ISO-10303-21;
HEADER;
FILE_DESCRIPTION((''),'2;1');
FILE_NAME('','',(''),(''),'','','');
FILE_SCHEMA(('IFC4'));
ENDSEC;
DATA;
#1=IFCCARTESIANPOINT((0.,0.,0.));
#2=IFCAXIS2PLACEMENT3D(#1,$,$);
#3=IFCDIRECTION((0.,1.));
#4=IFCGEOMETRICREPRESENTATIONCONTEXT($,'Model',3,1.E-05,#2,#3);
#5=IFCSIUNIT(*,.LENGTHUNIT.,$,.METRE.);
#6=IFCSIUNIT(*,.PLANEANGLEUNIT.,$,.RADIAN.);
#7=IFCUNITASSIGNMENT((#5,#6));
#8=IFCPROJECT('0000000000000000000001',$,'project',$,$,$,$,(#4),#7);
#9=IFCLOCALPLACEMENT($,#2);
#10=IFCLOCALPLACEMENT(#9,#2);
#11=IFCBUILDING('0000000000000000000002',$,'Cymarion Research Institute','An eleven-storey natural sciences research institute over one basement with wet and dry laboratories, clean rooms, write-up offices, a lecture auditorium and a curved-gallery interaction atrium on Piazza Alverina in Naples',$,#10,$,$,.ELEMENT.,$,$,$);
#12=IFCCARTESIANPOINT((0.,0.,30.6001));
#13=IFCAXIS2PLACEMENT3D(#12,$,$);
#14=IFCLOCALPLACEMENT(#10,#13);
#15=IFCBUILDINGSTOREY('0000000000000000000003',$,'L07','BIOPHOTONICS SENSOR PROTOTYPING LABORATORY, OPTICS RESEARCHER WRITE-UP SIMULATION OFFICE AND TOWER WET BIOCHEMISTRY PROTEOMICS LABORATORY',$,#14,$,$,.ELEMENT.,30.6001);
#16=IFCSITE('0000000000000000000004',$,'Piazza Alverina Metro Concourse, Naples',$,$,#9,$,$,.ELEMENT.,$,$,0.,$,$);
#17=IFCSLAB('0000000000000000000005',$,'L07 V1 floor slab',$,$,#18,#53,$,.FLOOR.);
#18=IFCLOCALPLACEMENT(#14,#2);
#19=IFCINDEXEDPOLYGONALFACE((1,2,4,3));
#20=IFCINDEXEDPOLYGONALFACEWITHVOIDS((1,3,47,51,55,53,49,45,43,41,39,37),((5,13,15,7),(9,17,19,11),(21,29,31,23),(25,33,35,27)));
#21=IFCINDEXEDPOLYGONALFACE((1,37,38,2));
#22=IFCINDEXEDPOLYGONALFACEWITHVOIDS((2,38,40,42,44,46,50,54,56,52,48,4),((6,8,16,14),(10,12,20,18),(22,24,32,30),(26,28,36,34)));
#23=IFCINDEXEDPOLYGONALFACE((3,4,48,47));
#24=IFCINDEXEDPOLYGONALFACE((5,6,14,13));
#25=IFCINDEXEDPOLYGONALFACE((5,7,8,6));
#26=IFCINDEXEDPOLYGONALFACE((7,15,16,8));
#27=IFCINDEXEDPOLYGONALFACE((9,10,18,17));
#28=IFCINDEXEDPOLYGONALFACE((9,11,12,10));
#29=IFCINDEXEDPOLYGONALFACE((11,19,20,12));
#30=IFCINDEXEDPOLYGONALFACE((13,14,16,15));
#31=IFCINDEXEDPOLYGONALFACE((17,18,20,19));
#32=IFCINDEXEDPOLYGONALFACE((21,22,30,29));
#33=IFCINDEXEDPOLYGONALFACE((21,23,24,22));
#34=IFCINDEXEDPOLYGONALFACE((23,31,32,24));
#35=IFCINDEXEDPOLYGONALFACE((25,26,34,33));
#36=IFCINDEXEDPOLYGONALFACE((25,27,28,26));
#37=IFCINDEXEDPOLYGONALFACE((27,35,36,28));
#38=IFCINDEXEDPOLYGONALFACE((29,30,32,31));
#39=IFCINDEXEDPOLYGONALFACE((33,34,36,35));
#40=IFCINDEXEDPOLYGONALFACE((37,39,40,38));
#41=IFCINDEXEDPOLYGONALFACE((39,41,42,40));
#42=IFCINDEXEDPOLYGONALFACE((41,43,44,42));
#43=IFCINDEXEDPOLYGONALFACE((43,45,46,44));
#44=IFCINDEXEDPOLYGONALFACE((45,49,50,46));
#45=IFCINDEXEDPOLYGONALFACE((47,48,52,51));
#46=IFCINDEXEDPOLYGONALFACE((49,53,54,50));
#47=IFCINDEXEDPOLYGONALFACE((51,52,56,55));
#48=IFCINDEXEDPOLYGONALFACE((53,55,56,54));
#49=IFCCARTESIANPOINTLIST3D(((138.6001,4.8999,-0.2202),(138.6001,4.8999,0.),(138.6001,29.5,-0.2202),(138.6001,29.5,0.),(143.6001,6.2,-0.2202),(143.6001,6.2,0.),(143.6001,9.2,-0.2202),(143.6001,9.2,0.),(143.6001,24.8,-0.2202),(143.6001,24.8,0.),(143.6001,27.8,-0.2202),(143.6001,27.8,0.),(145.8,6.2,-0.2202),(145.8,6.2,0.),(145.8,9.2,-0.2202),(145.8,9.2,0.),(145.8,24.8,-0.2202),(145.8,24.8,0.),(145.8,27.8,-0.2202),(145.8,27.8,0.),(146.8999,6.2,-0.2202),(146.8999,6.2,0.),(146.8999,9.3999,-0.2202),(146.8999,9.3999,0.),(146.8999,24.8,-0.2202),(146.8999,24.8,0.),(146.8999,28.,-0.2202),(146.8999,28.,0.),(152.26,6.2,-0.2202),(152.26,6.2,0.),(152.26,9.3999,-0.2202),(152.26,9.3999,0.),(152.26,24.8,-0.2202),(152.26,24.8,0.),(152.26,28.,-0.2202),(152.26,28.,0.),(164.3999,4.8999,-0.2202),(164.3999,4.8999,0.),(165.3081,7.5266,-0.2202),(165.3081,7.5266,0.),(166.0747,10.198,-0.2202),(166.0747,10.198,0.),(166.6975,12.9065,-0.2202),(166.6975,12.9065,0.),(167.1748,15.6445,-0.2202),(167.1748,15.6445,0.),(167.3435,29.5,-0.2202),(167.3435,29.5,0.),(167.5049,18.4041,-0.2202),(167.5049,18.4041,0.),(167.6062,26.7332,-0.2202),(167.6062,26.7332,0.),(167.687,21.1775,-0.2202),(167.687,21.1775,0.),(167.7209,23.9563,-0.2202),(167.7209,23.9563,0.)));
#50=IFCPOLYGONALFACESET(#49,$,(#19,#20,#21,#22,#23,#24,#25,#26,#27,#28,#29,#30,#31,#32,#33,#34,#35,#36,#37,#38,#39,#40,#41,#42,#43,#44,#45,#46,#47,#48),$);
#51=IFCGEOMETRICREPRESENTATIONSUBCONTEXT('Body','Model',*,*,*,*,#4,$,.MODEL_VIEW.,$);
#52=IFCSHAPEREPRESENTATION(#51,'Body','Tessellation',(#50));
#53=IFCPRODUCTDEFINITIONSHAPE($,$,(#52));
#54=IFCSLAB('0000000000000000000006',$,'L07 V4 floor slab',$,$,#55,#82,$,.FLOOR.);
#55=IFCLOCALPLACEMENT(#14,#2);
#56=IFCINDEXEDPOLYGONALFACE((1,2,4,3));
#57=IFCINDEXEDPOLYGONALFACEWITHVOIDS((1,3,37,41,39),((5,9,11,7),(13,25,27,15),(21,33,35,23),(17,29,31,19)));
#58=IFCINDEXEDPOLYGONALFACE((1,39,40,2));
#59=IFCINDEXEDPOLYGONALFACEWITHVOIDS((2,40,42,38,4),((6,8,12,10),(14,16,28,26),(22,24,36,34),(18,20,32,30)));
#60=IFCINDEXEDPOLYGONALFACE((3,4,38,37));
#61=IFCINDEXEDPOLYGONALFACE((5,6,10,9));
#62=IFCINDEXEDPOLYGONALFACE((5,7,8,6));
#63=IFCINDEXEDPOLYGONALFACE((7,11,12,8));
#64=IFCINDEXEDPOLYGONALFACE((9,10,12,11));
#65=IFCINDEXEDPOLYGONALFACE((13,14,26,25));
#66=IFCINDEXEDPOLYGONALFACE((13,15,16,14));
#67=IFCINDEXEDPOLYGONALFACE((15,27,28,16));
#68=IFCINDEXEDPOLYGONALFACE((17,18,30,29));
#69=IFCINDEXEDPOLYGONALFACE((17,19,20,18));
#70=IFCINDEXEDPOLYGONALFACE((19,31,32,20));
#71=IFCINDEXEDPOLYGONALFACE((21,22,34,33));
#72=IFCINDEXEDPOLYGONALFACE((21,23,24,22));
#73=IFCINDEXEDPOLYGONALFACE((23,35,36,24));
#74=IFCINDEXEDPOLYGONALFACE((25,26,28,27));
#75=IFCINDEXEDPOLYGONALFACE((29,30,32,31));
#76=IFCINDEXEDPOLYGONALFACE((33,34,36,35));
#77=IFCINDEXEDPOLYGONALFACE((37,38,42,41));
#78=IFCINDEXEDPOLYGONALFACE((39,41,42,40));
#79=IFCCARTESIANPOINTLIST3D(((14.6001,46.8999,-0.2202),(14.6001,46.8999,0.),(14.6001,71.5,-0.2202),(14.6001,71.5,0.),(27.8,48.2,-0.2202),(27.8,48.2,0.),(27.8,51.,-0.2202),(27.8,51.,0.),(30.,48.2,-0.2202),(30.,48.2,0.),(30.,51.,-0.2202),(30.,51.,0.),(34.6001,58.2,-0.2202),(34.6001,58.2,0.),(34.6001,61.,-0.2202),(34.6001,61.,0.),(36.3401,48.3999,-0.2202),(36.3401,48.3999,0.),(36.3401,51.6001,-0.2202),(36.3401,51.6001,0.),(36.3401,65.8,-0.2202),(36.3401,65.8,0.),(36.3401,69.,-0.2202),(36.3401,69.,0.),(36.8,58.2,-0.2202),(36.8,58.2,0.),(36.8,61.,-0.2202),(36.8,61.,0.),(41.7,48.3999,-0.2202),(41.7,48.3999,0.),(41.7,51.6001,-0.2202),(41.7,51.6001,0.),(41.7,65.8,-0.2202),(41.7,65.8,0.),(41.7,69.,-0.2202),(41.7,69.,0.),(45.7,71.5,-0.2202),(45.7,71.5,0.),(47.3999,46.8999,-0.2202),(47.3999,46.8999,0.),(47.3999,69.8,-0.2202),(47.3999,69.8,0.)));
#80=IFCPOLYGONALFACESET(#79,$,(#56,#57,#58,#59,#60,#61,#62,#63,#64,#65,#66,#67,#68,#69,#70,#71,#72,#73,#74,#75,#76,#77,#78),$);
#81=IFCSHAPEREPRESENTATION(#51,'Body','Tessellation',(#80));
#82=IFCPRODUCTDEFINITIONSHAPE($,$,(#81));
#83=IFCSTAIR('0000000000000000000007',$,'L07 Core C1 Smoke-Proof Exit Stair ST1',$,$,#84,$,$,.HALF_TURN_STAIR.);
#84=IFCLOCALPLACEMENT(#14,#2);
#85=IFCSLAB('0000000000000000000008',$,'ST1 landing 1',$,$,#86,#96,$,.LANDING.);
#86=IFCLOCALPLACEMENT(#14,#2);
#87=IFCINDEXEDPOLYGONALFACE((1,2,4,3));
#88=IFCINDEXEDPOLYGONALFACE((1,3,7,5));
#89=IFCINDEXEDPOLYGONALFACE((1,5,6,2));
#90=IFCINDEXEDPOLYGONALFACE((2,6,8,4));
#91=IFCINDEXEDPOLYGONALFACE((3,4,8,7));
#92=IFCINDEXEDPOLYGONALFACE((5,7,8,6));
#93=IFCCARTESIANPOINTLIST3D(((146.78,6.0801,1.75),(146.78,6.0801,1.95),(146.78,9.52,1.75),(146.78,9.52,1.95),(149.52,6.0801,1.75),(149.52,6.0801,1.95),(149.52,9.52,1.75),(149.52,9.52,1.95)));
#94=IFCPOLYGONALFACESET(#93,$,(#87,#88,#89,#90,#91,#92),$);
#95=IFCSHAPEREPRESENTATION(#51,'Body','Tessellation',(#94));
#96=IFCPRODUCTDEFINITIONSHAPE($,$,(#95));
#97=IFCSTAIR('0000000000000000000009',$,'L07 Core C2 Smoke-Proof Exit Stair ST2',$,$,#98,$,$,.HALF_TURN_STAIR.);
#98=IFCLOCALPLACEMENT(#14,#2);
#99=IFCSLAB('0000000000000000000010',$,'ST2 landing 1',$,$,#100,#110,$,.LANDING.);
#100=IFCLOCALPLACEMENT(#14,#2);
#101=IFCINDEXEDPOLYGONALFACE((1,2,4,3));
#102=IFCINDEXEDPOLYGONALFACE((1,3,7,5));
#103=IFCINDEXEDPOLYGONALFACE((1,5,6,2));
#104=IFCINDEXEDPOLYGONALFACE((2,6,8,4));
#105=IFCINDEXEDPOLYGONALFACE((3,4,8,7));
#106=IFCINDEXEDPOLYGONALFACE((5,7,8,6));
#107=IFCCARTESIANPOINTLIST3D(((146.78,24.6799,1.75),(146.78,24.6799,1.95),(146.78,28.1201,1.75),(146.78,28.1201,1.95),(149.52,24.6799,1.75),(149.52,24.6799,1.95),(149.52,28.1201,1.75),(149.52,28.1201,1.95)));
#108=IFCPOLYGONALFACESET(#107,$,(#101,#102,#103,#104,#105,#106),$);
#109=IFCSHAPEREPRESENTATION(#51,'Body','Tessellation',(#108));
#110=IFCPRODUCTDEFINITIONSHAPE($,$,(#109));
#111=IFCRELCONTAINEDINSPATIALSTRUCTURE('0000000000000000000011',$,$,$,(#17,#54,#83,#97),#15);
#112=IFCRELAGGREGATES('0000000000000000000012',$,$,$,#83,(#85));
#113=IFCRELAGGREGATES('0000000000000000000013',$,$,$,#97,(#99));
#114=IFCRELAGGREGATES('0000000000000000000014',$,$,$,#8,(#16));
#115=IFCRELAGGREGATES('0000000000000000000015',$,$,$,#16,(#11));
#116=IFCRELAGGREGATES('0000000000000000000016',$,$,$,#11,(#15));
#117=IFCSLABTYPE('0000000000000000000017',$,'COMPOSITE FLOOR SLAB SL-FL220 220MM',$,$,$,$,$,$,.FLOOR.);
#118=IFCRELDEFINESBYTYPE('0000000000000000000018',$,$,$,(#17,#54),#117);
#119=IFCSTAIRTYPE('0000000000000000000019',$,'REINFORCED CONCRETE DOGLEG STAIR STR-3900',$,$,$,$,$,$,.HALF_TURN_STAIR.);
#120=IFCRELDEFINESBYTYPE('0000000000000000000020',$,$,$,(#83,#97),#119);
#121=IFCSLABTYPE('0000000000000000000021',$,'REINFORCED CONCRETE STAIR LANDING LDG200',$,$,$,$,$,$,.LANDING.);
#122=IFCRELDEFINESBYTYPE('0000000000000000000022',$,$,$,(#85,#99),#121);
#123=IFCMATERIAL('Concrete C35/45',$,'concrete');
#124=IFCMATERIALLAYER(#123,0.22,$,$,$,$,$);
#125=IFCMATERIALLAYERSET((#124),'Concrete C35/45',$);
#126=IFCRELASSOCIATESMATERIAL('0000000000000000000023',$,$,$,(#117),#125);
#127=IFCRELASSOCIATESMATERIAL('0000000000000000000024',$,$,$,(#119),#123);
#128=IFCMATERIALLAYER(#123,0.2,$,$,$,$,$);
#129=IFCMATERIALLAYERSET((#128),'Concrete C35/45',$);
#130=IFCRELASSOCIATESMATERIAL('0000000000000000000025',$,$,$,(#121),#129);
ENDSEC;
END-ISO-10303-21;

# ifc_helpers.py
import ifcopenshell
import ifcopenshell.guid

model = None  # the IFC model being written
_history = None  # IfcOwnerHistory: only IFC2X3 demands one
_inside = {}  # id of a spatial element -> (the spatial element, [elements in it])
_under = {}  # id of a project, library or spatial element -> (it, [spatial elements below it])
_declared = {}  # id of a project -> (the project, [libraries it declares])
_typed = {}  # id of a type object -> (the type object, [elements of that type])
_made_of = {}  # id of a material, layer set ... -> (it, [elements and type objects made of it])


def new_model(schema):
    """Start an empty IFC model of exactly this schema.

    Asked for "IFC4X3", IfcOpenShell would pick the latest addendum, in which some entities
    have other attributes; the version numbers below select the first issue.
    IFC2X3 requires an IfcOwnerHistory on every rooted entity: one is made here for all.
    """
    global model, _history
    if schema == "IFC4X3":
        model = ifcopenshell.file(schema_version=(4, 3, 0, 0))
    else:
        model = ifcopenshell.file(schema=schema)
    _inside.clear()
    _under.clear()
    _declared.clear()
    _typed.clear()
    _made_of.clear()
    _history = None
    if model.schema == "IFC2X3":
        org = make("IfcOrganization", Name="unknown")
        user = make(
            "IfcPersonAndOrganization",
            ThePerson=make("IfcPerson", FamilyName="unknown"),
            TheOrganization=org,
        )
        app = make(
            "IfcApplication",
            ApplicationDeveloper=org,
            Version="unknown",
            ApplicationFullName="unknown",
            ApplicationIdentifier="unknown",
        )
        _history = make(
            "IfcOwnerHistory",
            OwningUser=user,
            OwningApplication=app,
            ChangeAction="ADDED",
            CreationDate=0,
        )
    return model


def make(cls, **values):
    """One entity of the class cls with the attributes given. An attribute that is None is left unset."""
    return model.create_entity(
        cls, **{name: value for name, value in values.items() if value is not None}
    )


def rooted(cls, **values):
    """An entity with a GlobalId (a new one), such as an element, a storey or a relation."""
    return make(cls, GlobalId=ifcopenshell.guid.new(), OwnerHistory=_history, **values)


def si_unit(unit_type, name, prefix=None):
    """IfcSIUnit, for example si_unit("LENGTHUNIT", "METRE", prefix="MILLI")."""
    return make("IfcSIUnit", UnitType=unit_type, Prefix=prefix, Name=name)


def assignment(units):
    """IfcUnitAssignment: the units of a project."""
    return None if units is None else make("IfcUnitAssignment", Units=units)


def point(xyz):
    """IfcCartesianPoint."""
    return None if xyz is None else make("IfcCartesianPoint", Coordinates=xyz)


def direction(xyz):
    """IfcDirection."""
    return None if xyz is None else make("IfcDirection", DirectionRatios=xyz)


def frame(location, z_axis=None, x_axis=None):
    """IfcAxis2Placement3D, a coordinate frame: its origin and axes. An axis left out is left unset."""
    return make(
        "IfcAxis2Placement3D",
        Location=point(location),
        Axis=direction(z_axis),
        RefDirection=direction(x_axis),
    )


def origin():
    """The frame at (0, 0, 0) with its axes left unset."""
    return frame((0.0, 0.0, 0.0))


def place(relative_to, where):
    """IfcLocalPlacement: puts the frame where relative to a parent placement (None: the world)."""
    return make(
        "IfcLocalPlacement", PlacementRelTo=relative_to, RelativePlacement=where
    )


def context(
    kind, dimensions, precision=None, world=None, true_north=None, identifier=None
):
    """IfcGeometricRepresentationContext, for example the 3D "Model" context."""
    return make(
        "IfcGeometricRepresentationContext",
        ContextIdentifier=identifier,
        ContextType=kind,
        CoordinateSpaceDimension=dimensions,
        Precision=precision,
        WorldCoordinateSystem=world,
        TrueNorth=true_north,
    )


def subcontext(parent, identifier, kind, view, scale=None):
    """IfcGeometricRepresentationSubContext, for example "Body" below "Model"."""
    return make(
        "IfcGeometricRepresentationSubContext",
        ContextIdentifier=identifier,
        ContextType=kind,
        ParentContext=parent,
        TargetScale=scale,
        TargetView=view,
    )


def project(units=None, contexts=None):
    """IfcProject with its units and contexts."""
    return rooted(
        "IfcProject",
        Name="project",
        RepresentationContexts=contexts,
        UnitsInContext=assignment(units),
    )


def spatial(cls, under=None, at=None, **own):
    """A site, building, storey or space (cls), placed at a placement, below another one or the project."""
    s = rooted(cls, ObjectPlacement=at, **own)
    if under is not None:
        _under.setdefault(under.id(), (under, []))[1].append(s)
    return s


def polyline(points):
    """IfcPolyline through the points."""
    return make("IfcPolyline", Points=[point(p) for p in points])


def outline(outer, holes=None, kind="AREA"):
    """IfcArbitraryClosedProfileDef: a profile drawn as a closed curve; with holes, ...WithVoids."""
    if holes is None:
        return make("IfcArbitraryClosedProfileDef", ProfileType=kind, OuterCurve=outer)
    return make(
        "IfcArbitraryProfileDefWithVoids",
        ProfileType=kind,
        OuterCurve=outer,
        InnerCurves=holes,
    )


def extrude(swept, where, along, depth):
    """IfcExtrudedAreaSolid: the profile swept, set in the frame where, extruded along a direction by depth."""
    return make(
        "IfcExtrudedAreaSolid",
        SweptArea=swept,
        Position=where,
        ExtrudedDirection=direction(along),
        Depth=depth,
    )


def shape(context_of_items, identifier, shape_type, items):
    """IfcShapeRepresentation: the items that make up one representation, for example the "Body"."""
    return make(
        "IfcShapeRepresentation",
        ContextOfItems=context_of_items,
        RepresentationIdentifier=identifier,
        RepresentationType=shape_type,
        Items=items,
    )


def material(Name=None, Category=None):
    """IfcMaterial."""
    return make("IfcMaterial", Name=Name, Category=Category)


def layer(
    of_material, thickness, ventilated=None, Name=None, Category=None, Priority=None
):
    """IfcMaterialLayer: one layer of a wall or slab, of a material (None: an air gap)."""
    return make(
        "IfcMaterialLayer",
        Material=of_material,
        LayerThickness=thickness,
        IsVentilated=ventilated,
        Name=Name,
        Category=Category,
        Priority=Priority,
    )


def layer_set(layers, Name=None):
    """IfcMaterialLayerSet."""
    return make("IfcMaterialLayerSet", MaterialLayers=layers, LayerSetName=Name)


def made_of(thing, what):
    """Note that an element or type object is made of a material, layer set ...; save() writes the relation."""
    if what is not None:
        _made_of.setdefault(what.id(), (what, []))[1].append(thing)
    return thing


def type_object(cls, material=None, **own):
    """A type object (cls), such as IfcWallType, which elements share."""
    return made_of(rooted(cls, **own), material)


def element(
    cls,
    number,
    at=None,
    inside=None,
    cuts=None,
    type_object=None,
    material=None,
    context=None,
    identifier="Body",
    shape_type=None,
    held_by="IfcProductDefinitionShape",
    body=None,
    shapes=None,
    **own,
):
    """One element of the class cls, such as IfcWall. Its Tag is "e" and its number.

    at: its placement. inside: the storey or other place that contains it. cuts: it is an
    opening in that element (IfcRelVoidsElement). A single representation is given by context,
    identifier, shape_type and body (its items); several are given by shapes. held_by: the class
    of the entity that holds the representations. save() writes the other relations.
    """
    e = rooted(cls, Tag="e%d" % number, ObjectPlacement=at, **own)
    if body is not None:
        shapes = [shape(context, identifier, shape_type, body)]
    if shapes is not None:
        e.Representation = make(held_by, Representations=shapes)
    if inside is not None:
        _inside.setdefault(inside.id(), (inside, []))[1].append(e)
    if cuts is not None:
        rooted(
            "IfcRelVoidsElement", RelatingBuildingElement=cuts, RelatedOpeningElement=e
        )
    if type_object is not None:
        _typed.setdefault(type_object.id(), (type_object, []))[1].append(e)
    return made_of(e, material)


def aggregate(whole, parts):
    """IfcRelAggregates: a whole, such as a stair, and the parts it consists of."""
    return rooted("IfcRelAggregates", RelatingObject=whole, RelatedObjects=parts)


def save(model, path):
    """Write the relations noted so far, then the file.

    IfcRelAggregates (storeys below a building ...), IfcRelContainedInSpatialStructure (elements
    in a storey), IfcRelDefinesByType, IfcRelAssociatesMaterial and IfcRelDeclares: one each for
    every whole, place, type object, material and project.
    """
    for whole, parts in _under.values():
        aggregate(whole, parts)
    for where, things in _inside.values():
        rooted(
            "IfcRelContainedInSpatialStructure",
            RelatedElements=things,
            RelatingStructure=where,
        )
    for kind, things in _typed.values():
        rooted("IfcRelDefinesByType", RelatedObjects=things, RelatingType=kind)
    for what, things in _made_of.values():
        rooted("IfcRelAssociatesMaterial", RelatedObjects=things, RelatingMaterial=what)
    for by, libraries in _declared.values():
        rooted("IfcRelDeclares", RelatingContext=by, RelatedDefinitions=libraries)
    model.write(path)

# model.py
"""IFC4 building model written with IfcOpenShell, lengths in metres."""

from ifc_helpers import new_model, si_unit, direction, frame, origin, place, context, subcontext, project, spatial, polyline, outline, extrude, material, layer, layer_set, type_object, element, aggregate, save


model = new_model("IFC4")

# Units and contexts
model_context = context("Model", 3, precision=1e-05, world=origin(), true_north=direction((0.0, 1.0)))
body_context = subcontext(model_context, "Body", "Model", "MODEL_VIEW")
ifc_project = project(units=[si_unit("LENGTHUNIT", "METRE"), si_unit("PLANEANGLEUNIT", "RADIAN")], contexts=[model_context])

# Site, building, storey
site_placement = place(None, origin())
site = spatial("IfcSite", under=ifc_project, at=site_placement, Name="Piazza Alverina Metro Concourse, Naples", CompositionType="ELEMENT", RefElevation=0.0)
building_placement = place(site_placement, origin())
building = spatial("IfcBuilding", under=site, at=building_placement, Name="Cymarion Research Institute", Description="An eleven-storey natural sciences research institute over one basement with wet and dry laboratories, clean rooms, write-up offices, a lecture auditorium and a curved-gallery interaction atrium on Piazza Alverina in Naples", CompositionType="ELEMENT")
storey_placement = place(building_placement, frame((0.0, 0.0, 30.6001)))
storey = spatial("IfcBuildingStorey", under=building, at=storey_placement, Name="L07", Description="BIOPHOTONICS SENSOR PROTOTYPING LABORATORY, OPTICS RESEARCHER WRITE-UP SIMULATION OFFICE AND TOWER WET BIOCHEMISTRY PROTEOMICS LABORATORY", CompositionType="ELEMENT", Elevation=30.6001)

# Slabs
ifc_material_1 = material(Name="Concrete C35/45", Category="concrete")
ifc_layer_1 = layer(ifc_material_1, 0.22)
ifc_layer_set_1 = layer_set([ifc_layer_1], Name="Concrete C35/45")
slab_type_1 = type_object("IfcSlabType", Name="COMPOSITE FLOOR SLAB SL-FL220 220MM", PredefinedType="FLOOR", material=ifc_layer_set_1)
slab_1_placement = place(storey_placement, frame((0.0, 0.0, -0.2202)))
element("IfcSlab", 1, at=slab_1_placement, inside=storey, type_object=slab_type_1, Name="L07 V1 floor slab", PredefinedType="FLOOR", context=body_context, shape_type="SweptSolid", body=[
    extrude(outline(polyline([(138.6001, 4.8999), (164.3999, 4.8999), (165.3081, 7.5266), (166.0747, 10.198), (166.6975, 12.9065), (167.1748, 15.6445), (167.5049, 18.4041), (167.687, 21.1775), (167.7209, 23.9563), (167.6062, 26.7332), (167.3435, 29.5), (138.6001, 29.5), (138.6001, 4.8999)]), holes=[polyline([(152.26, 9.3999), (146.8999, 9.3999), (146.8999, 6.2), (152.26, 6.2), (152.26, 9.3999)]), polyline([(143.6001, 6.2), (145.8, 6.2), (145.8, 9.2), (143.6001, 9.2), (143.6001, 6.2)]), polyline([(152.26, 28.0), (146.8999, 28.0), (146.8999, 24.8), (152.26, 24.8), (152.26, 28.0)]), polyline([(143.6001, 24.8), (145.8, 24.8), (145.8, 27.8), (143.6001, 27.8), (143.6001, 24.8)])]), origin(), (0.0, 0.0, 1.0), 0.2202),
])
slab_2_placement = place(storey_placement, frame((0.0, 0.0, -0.2202)))
element("IfcSlab", 2, at=slab_2_placement, inside=storey, type_object=slab_type_1, Name="L07 V4 floor slab", PredefinedType="FLOOR", context=body_context, shape_type="SweptSolid", body=[
    extrude(outline(polyline([(14.6001, 46.8999), (47.3999, 46.8999), (47.3999, 69.8), (45.7, 71.5), (14.6001, 71.5), (14.6001, 46.8999)]), holes=[polyline([(36.3401, 48.3999), (41.7, 48.3999), (41.7, 51.6001), (36.3401, 51.6001), (36.3401, 48.3999)]), polyline([(27.8, 48.2), (30.0, 48.2), (30.0, 51.0), (27.8, 51.0), (27.8, 48.2)]), polyline([(36.3401, 65.8), (41.7, 65.8), (41.7, 69.0), (36.3401, 69.0), (36.3401, 65.8)]), polyline([(34.6001, 58.2), (36.8, 58.2), (36.8, 61.0), (34.6001, 61.0), (34.6001, 58.2)])]), origin(), (0.0, 0.0, 1.0), 0.2202),
])

# Stairs, slabs
stair_type = type_object("IfcStairType", Name="REINFORCED CONCRETE DOGLEG STAIR STR-3900", PredefinedType="HALF_TURN_STAIR", material=ifc_material_1)
stair_1_placement = place(storey_placement, origin())
stair_1 = element("IfcStair", 3, at=stair_1_placement, inside=storey, type_object=stair_type, Name="L07 Core C1 Smoke-Proof Exit Stair ST1", PredefinedType="HALF_TURN_STAIR")
ifc_layer_2 = layer(ifc_material_1, 0.2)
ifc_layer_set_2 = layer_set([ifc_layer_2], Name="Concrete C35/45")
slab_type_2 = type_object("IfcSlabType", Name="REINFORCED CONCRETE STAIR LANDING LDG200", PredefinedType="LANDING", material=ifc_layer_set_2)
slab_3_placement = place(storey_placement, frame((0.0, 0.0, 1.75)))
slab_3 = element("IfcSlab", 4, at=slab_3_placement, type_object=slab_type_2, Name="ST1 landing 1", PredefinedType="LANDING", context=body_context, shape_type="SweptSolid", body=[
    extrude(outline(polyline([(149.52, 9.52), (149.52, 6.0801), (146.78, 6.0801), (146.78, 9.52), (149.52, 9.52)])), origin(), (0.0, 0.0, 1.0), 0.2),
])
aggregate(stair_1, [slab_3])
stair_2_placement = place(storey_placement, origin())
stair_2 = element("IfcStair", 5, at=stair_2_placement, inside=storey, type_object=stair_type, Name="L07 Core C2 Smoke-Proof Exit Stair ST2", PredefinedType="HALF_TURN_STAIR")
slab_4_placement = place(storey_placement, frame((0.0, 0.0, 1.75)))
slab_4 = element("IfcSlab", 6, at=slab_4_placement, type_object=slab_type_2, Name="ST2 landing 1", PredefinedType="LANDING", context=body_context, shape_type="SweptSolid", body=[
    extrude(outline(polyline([(149.52, 28.1201), (149.52, 24.6799), (146.78, 24.6799), (146.78, 28.1201), (149.52, 28.1201)])), origin(), (0.0, 0.0, 1.0), 0.2),
])
aggregate(stair_2, [slab_4])

save(model, "model.ifc")
